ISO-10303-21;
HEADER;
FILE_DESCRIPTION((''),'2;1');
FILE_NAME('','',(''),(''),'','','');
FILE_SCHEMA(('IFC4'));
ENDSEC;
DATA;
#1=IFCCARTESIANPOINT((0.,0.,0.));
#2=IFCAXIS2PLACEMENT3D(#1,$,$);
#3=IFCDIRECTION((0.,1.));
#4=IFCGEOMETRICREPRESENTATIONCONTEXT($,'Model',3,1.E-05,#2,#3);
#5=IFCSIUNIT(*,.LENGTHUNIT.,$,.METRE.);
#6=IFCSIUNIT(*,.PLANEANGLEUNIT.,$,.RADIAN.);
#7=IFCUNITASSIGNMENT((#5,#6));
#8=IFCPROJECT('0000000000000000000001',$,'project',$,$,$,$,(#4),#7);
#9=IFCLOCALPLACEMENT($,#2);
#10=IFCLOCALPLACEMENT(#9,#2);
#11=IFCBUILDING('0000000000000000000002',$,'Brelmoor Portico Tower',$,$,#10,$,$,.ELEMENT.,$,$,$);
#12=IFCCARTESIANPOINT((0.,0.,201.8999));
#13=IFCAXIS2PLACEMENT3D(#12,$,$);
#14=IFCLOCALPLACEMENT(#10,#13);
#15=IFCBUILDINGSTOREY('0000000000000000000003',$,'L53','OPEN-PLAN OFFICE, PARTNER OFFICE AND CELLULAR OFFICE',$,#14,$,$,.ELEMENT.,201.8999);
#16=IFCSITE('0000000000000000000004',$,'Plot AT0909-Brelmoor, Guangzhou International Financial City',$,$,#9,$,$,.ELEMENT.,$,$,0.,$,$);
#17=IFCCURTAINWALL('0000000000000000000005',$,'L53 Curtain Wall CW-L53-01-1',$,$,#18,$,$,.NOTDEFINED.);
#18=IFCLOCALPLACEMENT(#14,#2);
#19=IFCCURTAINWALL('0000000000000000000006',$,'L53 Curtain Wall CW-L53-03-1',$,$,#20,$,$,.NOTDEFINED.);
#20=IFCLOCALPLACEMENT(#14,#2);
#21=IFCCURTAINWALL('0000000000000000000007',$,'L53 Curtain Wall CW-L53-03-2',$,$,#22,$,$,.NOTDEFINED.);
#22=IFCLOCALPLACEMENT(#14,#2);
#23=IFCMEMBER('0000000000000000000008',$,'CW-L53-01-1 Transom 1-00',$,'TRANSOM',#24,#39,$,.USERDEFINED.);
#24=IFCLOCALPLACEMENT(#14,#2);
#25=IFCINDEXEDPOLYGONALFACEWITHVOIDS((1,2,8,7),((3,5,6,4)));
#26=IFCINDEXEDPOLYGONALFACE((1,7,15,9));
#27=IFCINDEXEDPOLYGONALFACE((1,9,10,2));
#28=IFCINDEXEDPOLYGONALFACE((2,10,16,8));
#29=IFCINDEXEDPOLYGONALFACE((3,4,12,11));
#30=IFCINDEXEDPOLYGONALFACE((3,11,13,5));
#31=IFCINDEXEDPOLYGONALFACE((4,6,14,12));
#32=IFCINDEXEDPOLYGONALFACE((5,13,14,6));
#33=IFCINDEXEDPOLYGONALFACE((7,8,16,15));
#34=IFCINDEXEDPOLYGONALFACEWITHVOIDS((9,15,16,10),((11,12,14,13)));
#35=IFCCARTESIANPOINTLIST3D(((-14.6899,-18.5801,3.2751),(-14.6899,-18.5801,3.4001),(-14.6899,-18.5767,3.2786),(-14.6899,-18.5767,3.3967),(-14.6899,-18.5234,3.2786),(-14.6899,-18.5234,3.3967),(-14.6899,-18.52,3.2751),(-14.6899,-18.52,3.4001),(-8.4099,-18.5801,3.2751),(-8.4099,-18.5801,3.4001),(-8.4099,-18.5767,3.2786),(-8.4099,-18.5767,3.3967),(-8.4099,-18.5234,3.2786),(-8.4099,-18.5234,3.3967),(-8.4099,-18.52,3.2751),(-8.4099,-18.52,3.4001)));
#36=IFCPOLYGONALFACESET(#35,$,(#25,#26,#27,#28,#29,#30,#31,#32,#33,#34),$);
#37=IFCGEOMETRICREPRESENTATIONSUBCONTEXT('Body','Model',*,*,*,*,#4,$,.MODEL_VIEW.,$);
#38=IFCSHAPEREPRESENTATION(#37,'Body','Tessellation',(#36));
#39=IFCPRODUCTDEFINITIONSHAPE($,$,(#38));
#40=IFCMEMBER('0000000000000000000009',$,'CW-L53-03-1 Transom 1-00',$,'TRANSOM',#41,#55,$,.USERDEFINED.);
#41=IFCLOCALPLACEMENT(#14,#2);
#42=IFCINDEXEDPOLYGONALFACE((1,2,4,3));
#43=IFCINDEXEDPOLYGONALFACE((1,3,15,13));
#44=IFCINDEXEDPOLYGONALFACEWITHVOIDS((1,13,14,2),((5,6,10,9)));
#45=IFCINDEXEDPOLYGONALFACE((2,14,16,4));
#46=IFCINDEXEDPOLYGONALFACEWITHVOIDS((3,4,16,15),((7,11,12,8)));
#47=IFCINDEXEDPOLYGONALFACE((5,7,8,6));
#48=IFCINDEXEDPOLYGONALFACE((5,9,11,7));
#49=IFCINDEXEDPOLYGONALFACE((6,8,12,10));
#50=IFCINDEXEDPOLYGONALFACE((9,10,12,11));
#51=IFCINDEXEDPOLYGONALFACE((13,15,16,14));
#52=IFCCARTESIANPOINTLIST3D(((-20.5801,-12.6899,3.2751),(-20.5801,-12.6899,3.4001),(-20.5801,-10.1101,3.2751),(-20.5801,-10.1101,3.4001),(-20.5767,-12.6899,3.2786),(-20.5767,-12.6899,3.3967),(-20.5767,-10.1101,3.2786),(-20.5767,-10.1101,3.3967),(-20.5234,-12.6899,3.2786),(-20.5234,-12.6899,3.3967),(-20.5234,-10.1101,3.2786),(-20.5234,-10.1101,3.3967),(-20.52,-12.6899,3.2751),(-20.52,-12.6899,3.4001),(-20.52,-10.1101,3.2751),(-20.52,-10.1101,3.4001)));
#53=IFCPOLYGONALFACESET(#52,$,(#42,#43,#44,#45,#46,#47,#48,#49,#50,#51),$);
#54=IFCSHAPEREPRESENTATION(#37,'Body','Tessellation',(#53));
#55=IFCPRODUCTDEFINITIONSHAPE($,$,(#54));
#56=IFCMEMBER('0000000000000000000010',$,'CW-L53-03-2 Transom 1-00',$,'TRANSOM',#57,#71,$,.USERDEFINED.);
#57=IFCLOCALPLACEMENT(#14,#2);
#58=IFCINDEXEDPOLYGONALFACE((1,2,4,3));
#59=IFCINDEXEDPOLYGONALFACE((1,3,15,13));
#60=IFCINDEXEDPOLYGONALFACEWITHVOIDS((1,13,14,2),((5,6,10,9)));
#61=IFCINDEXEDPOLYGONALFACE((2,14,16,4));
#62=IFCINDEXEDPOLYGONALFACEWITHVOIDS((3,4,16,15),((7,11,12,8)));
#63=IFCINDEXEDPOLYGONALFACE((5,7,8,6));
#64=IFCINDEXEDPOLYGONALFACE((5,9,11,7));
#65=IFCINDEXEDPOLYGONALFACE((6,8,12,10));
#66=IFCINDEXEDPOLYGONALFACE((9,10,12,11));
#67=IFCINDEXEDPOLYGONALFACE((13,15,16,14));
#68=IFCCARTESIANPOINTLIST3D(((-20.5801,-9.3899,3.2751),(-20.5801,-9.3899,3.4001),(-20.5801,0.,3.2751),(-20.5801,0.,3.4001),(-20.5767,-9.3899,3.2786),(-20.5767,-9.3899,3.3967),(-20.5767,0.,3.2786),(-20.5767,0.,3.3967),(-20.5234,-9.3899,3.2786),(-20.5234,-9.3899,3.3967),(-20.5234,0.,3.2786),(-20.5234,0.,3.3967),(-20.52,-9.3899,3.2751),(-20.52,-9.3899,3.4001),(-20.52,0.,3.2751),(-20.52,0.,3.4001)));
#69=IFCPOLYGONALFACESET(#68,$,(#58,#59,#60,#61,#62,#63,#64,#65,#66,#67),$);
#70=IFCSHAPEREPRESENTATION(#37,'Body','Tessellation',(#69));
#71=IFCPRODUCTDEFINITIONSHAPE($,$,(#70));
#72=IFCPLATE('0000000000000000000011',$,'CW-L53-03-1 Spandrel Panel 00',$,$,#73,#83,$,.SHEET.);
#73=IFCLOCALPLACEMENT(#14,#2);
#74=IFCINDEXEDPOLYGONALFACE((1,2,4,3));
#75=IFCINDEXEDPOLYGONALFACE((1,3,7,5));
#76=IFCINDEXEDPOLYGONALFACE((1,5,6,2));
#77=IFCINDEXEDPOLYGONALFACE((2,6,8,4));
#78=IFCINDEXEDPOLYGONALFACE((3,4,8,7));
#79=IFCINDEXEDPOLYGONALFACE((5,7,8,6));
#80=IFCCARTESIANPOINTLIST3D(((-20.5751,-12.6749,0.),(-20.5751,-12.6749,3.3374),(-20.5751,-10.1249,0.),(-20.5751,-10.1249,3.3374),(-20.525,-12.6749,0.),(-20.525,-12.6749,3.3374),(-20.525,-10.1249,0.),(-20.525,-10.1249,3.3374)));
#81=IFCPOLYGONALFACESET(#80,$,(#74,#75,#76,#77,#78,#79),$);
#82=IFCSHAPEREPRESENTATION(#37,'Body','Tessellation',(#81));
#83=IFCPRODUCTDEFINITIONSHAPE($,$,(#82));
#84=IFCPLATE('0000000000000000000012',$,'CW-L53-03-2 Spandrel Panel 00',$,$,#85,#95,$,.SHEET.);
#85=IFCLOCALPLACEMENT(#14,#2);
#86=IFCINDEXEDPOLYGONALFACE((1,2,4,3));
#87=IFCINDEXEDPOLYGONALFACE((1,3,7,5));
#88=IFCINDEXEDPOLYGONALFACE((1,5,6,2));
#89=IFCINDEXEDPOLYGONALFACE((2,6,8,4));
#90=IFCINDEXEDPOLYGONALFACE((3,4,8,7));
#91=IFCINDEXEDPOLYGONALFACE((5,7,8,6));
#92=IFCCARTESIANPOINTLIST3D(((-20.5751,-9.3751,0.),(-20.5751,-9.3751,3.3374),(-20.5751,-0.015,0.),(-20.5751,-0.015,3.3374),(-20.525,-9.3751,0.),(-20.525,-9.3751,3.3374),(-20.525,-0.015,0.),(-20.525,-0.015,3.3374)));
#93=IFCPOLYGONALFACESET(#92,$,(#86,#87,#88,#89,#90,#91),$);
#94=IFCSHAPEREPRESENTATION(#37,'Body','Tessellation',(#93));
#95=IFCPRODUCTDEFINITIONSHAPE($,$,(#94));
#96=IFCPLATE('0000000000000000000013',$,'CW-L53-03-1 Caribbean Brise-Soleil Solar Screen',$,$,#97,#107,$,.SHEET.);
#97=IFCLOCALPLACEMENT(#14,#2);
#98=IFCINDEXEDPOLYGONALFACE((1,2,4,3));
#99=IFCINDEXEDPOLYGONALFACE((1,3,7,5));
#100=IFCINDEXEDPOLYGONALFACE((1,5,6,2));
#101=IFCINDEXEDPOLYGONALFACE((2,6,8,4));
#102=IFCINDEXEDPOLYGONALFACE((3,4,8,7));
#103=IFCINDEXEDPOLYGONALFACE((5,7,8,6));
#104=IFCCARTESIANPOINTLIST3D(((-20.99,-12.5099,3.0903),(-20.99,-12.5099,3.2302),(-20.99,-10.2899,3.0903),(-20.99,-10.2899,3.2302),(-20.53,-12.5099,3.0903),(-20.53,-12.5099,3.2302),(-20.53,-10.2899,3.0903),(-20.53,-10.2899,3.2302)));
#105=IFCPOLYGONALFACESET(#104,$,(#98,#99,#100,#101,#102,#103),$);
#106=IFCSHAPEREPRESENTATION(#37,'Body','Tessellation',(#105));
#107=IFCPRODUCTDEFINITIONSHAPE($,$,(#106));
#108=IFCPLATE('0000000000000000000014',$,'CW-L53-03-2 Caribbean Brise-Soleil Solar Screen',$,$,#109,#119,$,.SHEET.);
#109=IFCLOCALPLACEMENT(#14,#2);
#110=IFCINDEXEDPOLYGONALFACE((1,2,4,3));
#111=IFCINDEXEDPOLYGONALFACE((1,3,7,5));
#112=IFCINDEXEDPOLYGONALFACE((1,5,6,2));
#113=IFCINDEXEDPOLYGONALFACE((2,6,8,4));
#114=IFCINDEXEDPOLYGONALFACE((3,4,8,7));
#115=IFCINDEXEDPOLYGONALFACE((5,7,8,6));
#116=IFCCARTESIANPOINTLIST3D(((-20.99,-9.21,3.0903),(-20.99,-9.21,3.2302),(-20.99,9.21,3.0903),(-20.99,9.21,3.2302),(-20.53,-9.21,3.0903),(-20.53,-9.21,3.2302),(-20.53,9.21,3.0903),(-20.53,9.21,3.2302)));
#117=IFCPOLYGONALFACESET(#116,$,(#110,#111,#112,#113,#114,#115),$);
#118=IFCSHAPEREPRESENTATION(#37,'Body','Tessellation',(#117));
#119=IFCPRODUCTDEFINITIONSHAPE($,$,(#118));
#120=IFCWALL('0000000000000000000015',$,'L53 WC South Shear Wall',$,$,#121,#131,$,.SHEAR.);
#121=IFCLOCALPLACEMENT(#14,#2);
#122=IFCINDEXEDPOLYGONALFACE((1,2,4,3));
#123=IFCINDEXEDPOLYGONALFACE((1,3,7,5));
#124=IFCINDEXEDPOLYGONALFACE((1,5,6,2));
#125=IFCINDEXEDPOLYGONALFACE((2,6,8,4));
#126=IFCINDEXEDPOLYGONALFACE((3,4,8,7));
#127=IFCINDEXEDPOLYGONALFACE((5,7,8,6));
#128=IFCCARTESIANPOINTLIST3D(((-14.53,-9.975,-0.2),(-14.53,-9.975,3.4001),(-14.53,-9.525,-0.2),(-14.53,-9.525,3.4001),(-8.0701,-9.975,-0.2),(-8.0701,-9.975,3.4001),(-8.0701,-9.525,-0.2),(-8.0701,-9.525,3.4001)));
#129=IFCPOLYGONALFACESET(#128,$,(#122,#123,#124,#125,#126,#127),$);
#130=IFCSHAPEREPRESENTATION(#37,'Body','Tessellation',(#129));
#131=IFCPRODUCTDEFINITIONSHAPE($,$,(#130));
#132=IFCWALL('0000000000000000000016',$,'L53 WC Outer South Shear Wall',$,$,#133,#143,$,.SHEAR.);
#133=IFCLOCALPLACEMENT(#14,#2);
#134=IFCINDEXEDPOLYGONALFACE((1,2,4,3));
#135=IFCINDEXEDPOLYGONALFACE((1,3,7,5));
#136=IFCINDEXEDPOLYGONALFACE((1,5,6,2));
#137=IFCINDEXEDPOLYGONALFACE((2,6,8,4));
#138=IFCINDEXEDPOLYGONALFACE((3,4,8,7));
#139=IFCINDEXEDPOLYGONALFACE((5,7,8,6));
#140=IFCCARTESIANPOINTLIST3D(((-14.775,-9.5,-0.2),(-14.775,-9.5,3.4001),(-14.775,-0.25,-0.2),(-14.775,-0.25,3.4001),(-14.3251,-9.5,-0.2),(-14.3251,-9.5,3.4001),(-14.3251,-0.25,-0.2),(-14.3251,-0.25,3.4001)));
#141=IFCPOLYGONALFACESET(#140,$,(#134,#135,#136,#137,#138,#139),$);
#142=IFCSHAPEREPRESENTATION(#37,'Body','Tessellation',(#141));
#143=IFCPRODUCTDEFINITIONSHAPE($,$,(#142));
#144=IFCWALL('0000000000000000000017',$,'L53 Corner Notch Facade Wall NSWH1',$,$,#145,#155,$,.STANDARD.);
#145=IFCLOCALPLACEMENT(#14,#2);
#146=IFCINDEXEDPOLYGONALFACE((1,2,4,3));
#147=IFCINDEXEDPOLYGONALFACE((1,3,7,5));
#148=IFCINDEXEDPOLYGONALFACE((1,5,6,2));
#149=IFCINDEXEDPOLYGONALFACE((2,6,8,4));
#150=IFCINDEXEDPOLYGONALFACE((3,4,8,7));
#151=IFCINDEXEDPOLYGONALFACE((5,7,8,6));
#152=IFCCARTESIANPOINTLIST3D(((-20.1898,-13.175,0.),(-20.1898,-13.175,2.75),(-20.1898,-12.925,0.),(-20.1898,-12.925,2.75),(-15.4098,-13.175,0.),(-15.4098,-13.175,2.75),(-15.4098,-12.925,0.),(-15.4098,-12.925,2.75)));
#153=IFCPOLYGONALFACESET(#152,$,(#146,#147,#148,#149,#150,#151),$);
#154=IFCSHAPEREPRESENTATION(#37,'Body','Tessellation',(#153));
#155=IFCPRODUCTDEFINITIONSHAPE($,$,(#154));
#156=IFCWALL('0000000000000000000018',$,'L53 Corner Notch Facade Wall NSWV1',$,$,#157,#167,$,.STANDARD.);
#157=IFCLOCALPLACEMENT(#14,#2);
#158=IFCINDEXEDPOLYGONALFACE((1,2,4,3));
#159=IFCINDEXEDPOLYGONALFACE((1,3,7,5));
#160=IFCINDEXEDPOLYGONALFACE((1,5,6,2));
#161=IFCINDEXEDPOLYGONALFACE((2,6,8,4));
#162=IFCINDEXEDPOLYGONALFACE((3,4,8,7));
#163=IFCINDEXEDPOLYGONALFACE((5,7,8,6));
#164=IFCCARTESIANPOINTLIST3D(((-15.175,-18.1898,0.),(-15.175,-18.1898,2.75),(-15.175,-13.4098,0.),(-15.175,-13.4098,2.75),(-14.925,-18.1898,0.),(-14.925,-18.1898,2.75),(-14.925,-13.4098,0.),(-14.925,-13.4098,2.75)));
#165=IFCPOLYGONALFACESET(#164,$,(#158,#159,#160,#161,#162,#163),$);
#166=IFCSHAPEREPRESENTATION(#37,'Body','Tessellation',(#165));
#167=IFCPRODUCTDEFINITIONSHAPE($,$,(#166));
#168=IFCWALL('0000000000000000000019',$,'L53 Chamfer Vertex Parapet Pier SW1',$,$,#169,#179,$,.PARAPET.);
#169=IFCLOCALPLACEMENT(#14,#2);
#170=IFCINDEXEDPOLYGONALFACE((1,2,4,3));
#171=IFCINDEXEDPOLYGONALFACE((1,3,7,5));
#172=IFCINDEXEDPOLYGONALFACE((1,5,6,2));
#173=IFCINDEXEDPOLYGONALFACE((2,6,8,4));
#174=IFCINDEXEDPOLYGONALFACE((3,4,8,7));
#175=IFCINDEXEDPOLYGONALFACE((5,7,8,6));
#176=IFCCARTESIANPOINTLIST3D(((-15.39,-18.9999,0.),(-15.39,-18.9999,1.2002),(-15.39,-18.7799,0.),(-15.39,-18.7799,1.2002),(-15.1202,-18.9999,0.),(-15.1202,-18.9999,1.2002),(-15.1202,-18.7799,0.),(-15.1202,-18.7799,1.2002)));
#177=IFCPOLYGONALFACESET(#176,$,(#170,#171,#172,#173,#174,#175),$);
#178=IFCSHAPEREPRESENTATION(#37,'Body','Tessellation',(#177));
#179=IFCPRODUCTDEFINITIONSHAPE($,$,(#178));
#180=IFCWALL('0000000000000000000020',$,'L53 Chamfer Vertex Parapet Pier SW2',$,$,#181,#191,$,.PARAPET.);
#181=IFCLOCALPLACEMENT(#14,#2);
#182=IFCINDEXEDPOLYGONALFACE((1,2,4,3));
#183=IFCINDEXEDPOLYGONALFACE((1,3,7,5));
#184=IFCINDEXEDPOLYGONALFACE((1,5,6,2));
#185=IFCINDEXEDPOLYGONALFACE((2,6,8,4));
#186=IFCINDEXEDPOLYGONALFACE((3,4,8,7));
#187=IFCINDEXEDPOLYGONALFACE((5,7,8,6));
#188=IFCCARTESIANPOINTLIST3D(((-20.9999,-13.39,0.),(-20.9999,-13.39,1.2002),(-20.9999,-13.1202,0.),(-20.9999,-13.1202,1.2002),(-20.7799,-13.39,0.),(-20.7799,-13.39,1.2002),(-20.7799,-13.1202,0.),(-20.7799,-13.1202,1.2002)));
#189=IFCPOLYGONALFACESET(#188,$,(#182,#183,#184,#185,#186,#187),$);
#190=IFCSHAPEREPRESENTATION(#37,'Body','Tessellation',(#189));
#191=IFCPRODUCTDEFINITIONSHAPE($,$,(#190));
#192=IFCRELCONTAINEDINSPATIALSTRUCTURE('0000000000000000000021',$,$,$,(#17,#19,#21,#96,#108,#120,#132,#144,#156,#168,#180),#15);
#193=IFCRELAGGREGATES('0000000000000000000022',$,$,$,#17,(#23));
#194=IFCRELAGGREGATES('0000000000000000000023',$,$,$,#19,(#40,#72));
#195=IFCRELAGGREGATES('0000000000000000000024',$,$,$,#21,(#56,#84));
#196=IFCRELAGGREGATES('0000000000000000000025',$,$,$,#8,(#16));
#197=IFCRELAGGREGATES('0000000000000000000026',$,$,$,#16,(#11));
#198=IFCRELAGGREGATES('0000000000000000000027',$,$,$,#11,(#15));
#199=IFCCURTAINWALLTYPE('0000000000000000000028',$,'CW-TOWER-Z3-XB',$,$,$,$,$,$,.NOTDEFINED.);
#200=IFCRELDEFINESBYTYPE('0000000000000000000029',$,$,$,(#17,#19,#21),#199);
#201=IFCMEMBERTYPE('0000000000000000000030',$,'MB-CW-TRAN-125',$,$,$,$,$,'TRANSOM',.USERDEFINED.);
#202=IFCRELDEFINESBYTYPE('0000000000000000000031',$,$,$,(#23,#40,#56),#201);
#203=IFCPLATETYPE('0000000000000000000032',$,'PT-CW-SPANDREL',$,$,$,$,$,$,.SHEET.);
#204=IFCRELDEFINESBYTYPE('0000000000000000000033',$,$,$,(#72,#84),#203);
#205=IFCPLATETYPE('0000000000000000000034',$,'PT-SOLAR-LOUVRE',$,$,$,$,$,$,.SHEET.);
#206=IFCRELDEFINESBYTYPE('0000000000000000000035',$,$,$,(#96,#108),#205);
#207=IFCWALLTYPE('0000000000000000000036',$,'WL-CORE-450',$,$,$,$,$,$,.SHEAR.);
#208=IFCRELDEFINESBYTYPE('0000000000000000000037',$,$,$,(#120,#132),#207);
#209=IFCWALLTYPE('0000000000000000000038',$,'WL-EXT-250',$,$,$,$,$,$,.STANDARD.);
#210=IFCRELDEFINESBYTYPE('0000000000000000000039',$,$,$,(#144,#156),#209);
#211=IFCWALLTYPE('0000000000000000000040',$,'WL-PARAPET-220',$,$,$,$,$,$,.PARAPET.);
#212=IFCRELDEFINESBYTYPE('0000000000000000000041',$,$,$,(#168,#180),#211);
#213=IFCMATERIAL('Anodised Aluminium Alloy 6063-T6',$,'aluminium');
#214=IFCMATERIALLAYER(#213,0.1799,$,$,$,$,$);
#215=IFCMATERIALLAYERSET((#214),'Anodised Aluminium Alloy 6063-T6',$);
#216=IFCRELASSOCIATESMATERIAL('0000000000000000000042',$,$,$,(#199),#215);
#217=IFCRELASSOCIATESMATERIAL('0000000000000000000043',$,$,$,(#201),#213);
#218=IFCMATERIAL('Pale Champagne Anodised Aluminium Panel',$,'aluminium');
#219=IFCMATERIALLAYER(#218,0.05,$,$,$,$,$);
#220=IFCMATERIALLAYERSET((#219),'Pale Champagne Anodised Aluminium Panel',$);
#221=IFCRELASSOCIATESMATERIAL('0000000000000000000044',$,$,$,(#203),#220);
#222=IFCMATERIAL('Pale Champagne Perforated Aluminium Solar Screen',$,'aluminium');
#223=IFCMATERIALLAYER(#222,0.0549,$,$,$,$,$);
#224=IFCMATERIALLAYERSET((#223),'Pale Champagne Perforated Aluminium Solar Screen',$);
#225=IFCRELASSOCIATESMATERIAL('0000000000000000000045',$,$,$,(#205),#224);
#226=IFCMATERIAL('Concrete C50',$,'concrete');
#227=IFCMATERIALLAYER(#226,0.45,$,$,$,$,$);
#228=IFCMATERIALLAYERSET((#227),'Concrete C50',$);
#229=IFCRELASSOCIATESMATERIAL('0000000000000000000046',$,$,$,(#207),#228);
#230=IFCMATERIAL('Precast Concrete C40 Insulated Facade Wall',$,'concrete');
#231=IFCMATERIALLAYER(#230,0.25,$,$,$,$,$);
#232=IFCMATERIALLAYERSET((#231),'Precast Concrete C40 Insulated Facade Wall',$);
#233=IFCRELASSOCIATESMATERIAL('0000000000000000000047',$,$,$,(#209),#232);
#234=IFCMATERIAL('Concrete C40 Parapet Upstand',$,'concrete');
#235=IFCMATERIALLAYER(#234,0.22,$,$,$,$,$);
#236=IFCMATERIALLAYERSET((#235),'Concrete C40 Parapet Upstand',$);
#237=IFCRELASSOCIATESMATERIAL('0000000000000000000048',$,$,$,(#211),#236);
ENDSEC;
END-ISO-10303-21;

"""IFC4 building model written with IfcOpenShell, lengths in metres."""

from ifc_helpers import new_model, si_unit, direction, frame, frame_2d, origin, origin_2d, place, context, subcontext, project, spatial, rectangle, hollow_rectangle, extrude, material, layer, layer_set, material_profile, profile_set, type_object, element, aggregate, save


model = new_model("IFC4")

# Units and contexts
model_context = context("Model", 3, precision=1e-05, world=origin(), true_north=direction((0.0, 1.0)))
body_context = subcontext(model_context, "Body", "Model", "MODEL_VIEW")
ifc_project = project(units=[si_unit("LENGTHUNIT", "METRE"), si_unit("PLANEANGLEUNIT", "RADIAN")], contexts=[model_context])

# Site, building, storey
site_placement = place(None, origin())
site = spatial("IfcSite", under=ifc_project, at=site_placement, Name="Plot AT0909-Brelmoor, Guangzhou International Financial City", CompositionType="ELEMENT", RefElevation=0.0)
building_placement = place(site_placement, origin())
building = spatial("IfcBuilding", under=site, at=building_placement, Name="Brelmoor Portico Tower", CompositionType="ELEMENT")
storey_placement = place(building_placement, frame((0.0, 0.0, 201.8999)))
storey = spatial("IfcBuildingStorey", under=building, at=storey_placement, Name="L53", Description="OPEN-PLAN OFFICE, PARTNER OFFICE AND CELLULAR OFFICE", CompositionType="ELEMENT", Elevation=201.8999)

# Curtain wall
ifc_material_1 = material(Name="Anodised Aluminium Alloy 6063-T6", Category="aluminium")
ifc_layer_1 = layer(ifc_material_1, 0.1799)
ifc_layer_set_1 = layer_set([ifc_layer_1], Name="Anodised Aluminium Alloy 6063-T6")
curtain_wall_type = type_object("IfcCurtainWallType", Name="CW-TOWER-Z3-XB", PredefinedType="NOTDEFINED", material=ifc_layer_set_1)
curtain_wall_1_placement = place(storey_placement, origin())
curtain_wall_1 = element("IfcCurtainWall", 1, at=curtain_wall_1_placement, inside=storey, type_object=curtain_wall_type, Name="L53 Curtain Wall CW-L53-01-1", PredefinedType="NOTDEFINED")

# Curtain walls
curtain_wall_2_placement = place(storey_placement, origin())
curtain_wall_2 = element("IfcCurtainWall", 2, at=curtain_wall_2_placement, inside=storey, type_object=curtain_wall_type, Name="L53 Curtain Wall CW-L53-03-1", PredefinedType="NOTDEFINED")
curtain_wall_3_placement = place(storey_placement, origin())
curtain_wall_3 = element("IfcCurtainWall", 3, at=curtain_wall_3_placement, inside=storey, type_object=curtain_wall_type, Name="L53 Curtain Wall CW-L53-03-2", PredefinedType="NOTDEFINED")

# Members
ifc_material_profile_1 = material_profile(ifc_material_1, hollow_rectangle(XDim=0.0601, YDim=0.125, WallThickness=0.0034, at=origin_2d()), Name="ALU TRANSOM 60x125")
ifc_profile_set_1 = profile_set([ifc_material_profile_1], Name="Anodised Aluminium Alloy 6063-T6")
member_type_1 = type_object("IfcMemberType", Name="MB-CW-TRAN-125", ElementType="TRANSOM", PredefinedType="USERDEFINED", material=ifc_profile_set_1)
member_1_placement = place(storey_placement, frame((-14.6899, -18.55, 3.3376), z_axis=(1.0, 0.0, 0.0), x_axis=(0.0, 1.0, 0.0)))
member_1 = element("IfcMember", 4, at=member_1_placement, type_object=member_type_1, Name="CW-L53-01-1 Transom 1-00", ObjectType="TRANSOM", PredefinedType="USERDEFINED", context=body_context, shape_type="SweptSolid", body=[
    extrude(hollow_rectangle(XDim=0.0601, YDim=0.125, WallThickness=0.0034, at=origin_2d()), origin(), (0.0, 0.0, 1.0), 6.28),
])
aggregate(curtain_wall_1, [member_1])
member_2_placement = place(storey_placement, frame((-20.55, -12.6899, 3.3376), z_axis=(0.0, 1.0, 0.0), x_axis=(-1.0, 0.0, 0.0)))
member_2 = element("IfcMember", 5, at=member_2_placement, type_object=member_type_1, Name="CW-L53-03-1 Transom 1-00", ObjectType="TRANSOM", PredefinedType="USERDEFINED", context=body_context, shape_type="SweptSolid", body=[
    extrude(hollow_rectangle(XDim=0.0601, YDim=0.125, WallThickness=0.0034, at=origin_2d()), origin(), (0.0, 0.0, 1.0), 2.5798),
])
member_3_placement = place(storey_placement, frame((-20.55, -9.3899, 3.3376), z_axis=(0.0, 1.0, 0.0), x_axis=(-1.0, 0.0, 0.0)))
member_3 = element("IfcMember", 6, at=member_3_placement, type_object=member_type_1, Name="CW-L53-03-2 Transom 1-00", ObjectType="TRANSOM", PredefinedType="USERDEFINED", context=body_context, shape_type="SweptSolid", body=[
    extrude(hollow_rectangle(XDim=0.0601, YDim=0.125, WallThickness=0.0034, at=origin_2d()), origin(), (0.0, 0.0, 1.0), 9.3899),
])

# Plates
ifc_material_2 = material(Name="Pale Champagne Anodised Aluminium Panel", Category="aluminium")
ifc_layer_2 = layer(ifc_material_2, 0.05)
ifc_layer_set_2 = layer_set([ifc_layer_2], Name="Pale Champagne Anodised Aluminium Panel")
plate_type_1 = type_object("IfcPlateType", Name="PT-CW-SPANDREL", PredefinedType="SHEET", material=ifc_layer_set_2)
plate_1_placement = place(storey_placement, frame((-20.55, -11.3999, 0.0), z_axis=(0.0, 0.0, 1.0), x_axis=(0.0, 1.0, 0.0)))
plate_1 = element("IfcPlate", 7, at=plate_1_placement, type_object=plate_type_1, Name="CW-L53-03-1 Spandrel Panel 00", PredefinedType="SHEET", context=body_context, shape_type="SweptSolid", body=[
    extrude(rectangle(XDim=2.55, YDim=0.05, at=origin_2d()), origin(), (0.0, 0.0, 1.0), 3.3374),
])
aggregate(curtain_wall_2, [member_2, plate_1])
plate_2_placement = place(storey_placement, frame((-20.55, -4.6951, 0.0), z_axis=(0.0, 0.0, 1.0), x_axis=(0.0, 1.0, 0.0)))
plate_2 = element("IfcPlate", 8, at=plate_2_placement, type_object=plate_type_1, Name="CW-L53-03-2 Spandrel Panel 00", PredefinedType="SHEET", context=body_context, shape_type="SweptSolid", body=[
    extrude(rectangle(XDim=9.3601, YDim=0.05, at=origin_2d()), origin(), (0.0, 0.0, 1.0), 3.3374),
])
aggregate(curtain_wall_3, [member_3, plate_2])

# Plates
ifc_material_3 = material(Name="Pale Champagne Perforated Aluminium Solar Screen", Category="aluminium")
ifc_layer_3 = layer(ifc_material_3, 0.0549)
ifc_layer_set_3 = layer_set([ifc_layer_3], Name="Pale Champagne Perforated Aluminium Solar Screen")
plate_type_2 = type_object("IfcPlateType", Name="PT-SOLAR-LOUVRE", PredefinedType="SHEET", material=ifc_layer_set_3)
plate_3_placement = place(storey_placement, frame((-20.76, -11.3999, 3.0903), z_axis=(0.0, 0.0, 1.0), x_axis=(0.0, 1.0, 0.0)))
element("IfcPlate", 9, at=plate_3_placement, inside=storey, type_object=plate_type_2, Name="CW-L53-03-1 Caribbean Brise-Soleil Solar Screen", PredefinedType="SHEET", context=body_context, shape_type="SweptSolid", body=[
    extrude(rectangle(XDim=2.22, YDim=0.46, at=origin_2d()), origin(), (0.0, 0.0, 1.0), 0.1399),
])
plate_4_placement = place(storey_placement, frame((-20.76, 0.0, 3.0903), z_axis=(0.0, 0.0, 1.0), x_axis=(0.0, 1.0, 0.0)))
element("IfcPlate", 10, at=plate_4_placement, inside=storey, type_object=plate_type_2, Name="CW-L53-03-2 Caribbean Brise-Soleil Solar Screen", PredefinedType="SHEET", context=body_context, shape_type="SweptSolid", body=[
    extrude(rectangle(XDim=18.4199, YDim=0.46, at=origin_2d()), origin(), (0.0, 0.0, 1.0), 0.1399),
])

# Walls
ifc_material_4 = material(Name="Concrete C50", Category="concrete")
ifc_layer_4 = layer(ifc_material_4, 0.45)
ifc_layer_set_4 = layer_set([ifc_layer_4], Name="Concrete C50")
wall_type_1 = type_object("IfcWallType", Name="WL-CORE-450", PredefinedType="SHEAR", material=ifc_layer_set_4)
wall_1_placement = place(storey_placement, frame((-14.53, -9.75, -0.2), z_axis=(0.0, 0.0, 1.0), x_axis=(1.0, 0.0, 0.0)))
element("IfcWall", 11, at=wall_1_placement, inside=storey, type_object=wall_type_1, Name="L53 WC South Shear Wall", PredefinedType="SHEAR", context=body_context, shape_type="SweptSolid", body=[
    extrude(rectangle(XDim=6.46, YDim=0.45, at=frame_2d((3.23, 0.0))), origin(), (0.0, 0.0, 1.0), 3.6001),
])
wall_2_placement = place(storey_placement, frame((-14.55, -9.5, -0.2), z_axis=(0.0, 0.0, 1.0), x_axis=(0.0, 1.0, 0.0)))
element("IfcWall", 12, at=wall_2_placement, inside=storey, type_object=wall_type_1, Name="L53 WC Outer South Shear Wall", PredefinedType="SHEAR", context=body_context, shape_type="SweptSolid", body=[
    extrude(rectangle(XDim=9.25, YDim=0.45, at=frame_2d((4.625, 0.0))), origin(), (0.0, 0.0, 1.0), 3.6001),
])
ifc_material_5 = material(Name="Precast Concrete C40 Insulated Facade Wall", Category="concrete")
ifc_layer_5 = layer(ifc_material_5, 0.25)
ifc_layer_set_5 = layer_set([ifc_layer_5], Name="Precast Concrete C40 Insulated Facade Wall")
wall_type_2 = type_object("IfcWallType", Name="WL-EXT-250", PredefinedType="STANDARD", material=ifc_layer_set_5)
for number, where, z_axis, x_axis, name in (
    (13, (-20.1899, -13.05, 0.0), (0.0, 0.0, 1.0), (1.0, 0.0, 0.0), "L53 Corner Notch Facade Wall NSWH1"),
    (14, (-15.05, -18.1899, 0.0), (0.0, 0.0, 1.0), (0.0, 1.0, 0.0), "L53 Corner Notch Facade Wall NSWV1"),
):
    element("IfcWall", number, at=place(storey_placement, frame(where, z_axis=z_axis, x_axis=x_axis)), inside=storey, type_object=wall_type_2, Name=name, PredefinedType="STANDARD", context=body_context, shape_type="SweptSolid", body=[
        extrude(rectangle(XDim=4.78, YDim=0.25, at=frame_2d((2.3901, 0.0))), origin(), (0.0, 0.0, 1.0), 2.75),
    ])
ifc_material_6 = material(Name="Concrete C40 Parapet Upstand", Category="concrete")
ifc_layer_6 = layer(ifc_material_6, 0.22)
ifc_layer_set_6 = layer_set([ifc_layer_6], Name="Concrete C40 Parapet Upstand")
wall_type_3 = type_object("IfcWallType", Name="WL-PARAPET-220", PredefinedType="PARAPET", material=ifc_layer_set_6)
for number, where, z_axis, x_axis, name in (
    (15, (-15.3899, -18.8899, 0.0), (0.0, 0.0, 1.0), (1.0, 0.0, 0.0), "L53 Chamfer Vertex Parapet Pier SW1"),
    (16, (-20.8899, -13.3899, 0.0), (0.0, 0.0, 1.0), (0.0, 1.0, 0.0), "L53 Chamfer Vertex Parapet Pier SW2"),
):
    element("IfcWall", number, at=place(storey_placement, frame(where, z_axis=z_axis, x_axis=x_axis)), inside=storey, type_object=wall_type_3, Name=name, PredefinedType="PARAPET", context=body_context, shape_type="SweptSolid", body=[
        extrude(rectangle(XDim=0.2698, YDim=0.22, at=frame_2d((0.1348, 0.0))), origin(), (0.0, 0.0, 1.0), 1.2002),
    ])

save(model, "model.ifc")
